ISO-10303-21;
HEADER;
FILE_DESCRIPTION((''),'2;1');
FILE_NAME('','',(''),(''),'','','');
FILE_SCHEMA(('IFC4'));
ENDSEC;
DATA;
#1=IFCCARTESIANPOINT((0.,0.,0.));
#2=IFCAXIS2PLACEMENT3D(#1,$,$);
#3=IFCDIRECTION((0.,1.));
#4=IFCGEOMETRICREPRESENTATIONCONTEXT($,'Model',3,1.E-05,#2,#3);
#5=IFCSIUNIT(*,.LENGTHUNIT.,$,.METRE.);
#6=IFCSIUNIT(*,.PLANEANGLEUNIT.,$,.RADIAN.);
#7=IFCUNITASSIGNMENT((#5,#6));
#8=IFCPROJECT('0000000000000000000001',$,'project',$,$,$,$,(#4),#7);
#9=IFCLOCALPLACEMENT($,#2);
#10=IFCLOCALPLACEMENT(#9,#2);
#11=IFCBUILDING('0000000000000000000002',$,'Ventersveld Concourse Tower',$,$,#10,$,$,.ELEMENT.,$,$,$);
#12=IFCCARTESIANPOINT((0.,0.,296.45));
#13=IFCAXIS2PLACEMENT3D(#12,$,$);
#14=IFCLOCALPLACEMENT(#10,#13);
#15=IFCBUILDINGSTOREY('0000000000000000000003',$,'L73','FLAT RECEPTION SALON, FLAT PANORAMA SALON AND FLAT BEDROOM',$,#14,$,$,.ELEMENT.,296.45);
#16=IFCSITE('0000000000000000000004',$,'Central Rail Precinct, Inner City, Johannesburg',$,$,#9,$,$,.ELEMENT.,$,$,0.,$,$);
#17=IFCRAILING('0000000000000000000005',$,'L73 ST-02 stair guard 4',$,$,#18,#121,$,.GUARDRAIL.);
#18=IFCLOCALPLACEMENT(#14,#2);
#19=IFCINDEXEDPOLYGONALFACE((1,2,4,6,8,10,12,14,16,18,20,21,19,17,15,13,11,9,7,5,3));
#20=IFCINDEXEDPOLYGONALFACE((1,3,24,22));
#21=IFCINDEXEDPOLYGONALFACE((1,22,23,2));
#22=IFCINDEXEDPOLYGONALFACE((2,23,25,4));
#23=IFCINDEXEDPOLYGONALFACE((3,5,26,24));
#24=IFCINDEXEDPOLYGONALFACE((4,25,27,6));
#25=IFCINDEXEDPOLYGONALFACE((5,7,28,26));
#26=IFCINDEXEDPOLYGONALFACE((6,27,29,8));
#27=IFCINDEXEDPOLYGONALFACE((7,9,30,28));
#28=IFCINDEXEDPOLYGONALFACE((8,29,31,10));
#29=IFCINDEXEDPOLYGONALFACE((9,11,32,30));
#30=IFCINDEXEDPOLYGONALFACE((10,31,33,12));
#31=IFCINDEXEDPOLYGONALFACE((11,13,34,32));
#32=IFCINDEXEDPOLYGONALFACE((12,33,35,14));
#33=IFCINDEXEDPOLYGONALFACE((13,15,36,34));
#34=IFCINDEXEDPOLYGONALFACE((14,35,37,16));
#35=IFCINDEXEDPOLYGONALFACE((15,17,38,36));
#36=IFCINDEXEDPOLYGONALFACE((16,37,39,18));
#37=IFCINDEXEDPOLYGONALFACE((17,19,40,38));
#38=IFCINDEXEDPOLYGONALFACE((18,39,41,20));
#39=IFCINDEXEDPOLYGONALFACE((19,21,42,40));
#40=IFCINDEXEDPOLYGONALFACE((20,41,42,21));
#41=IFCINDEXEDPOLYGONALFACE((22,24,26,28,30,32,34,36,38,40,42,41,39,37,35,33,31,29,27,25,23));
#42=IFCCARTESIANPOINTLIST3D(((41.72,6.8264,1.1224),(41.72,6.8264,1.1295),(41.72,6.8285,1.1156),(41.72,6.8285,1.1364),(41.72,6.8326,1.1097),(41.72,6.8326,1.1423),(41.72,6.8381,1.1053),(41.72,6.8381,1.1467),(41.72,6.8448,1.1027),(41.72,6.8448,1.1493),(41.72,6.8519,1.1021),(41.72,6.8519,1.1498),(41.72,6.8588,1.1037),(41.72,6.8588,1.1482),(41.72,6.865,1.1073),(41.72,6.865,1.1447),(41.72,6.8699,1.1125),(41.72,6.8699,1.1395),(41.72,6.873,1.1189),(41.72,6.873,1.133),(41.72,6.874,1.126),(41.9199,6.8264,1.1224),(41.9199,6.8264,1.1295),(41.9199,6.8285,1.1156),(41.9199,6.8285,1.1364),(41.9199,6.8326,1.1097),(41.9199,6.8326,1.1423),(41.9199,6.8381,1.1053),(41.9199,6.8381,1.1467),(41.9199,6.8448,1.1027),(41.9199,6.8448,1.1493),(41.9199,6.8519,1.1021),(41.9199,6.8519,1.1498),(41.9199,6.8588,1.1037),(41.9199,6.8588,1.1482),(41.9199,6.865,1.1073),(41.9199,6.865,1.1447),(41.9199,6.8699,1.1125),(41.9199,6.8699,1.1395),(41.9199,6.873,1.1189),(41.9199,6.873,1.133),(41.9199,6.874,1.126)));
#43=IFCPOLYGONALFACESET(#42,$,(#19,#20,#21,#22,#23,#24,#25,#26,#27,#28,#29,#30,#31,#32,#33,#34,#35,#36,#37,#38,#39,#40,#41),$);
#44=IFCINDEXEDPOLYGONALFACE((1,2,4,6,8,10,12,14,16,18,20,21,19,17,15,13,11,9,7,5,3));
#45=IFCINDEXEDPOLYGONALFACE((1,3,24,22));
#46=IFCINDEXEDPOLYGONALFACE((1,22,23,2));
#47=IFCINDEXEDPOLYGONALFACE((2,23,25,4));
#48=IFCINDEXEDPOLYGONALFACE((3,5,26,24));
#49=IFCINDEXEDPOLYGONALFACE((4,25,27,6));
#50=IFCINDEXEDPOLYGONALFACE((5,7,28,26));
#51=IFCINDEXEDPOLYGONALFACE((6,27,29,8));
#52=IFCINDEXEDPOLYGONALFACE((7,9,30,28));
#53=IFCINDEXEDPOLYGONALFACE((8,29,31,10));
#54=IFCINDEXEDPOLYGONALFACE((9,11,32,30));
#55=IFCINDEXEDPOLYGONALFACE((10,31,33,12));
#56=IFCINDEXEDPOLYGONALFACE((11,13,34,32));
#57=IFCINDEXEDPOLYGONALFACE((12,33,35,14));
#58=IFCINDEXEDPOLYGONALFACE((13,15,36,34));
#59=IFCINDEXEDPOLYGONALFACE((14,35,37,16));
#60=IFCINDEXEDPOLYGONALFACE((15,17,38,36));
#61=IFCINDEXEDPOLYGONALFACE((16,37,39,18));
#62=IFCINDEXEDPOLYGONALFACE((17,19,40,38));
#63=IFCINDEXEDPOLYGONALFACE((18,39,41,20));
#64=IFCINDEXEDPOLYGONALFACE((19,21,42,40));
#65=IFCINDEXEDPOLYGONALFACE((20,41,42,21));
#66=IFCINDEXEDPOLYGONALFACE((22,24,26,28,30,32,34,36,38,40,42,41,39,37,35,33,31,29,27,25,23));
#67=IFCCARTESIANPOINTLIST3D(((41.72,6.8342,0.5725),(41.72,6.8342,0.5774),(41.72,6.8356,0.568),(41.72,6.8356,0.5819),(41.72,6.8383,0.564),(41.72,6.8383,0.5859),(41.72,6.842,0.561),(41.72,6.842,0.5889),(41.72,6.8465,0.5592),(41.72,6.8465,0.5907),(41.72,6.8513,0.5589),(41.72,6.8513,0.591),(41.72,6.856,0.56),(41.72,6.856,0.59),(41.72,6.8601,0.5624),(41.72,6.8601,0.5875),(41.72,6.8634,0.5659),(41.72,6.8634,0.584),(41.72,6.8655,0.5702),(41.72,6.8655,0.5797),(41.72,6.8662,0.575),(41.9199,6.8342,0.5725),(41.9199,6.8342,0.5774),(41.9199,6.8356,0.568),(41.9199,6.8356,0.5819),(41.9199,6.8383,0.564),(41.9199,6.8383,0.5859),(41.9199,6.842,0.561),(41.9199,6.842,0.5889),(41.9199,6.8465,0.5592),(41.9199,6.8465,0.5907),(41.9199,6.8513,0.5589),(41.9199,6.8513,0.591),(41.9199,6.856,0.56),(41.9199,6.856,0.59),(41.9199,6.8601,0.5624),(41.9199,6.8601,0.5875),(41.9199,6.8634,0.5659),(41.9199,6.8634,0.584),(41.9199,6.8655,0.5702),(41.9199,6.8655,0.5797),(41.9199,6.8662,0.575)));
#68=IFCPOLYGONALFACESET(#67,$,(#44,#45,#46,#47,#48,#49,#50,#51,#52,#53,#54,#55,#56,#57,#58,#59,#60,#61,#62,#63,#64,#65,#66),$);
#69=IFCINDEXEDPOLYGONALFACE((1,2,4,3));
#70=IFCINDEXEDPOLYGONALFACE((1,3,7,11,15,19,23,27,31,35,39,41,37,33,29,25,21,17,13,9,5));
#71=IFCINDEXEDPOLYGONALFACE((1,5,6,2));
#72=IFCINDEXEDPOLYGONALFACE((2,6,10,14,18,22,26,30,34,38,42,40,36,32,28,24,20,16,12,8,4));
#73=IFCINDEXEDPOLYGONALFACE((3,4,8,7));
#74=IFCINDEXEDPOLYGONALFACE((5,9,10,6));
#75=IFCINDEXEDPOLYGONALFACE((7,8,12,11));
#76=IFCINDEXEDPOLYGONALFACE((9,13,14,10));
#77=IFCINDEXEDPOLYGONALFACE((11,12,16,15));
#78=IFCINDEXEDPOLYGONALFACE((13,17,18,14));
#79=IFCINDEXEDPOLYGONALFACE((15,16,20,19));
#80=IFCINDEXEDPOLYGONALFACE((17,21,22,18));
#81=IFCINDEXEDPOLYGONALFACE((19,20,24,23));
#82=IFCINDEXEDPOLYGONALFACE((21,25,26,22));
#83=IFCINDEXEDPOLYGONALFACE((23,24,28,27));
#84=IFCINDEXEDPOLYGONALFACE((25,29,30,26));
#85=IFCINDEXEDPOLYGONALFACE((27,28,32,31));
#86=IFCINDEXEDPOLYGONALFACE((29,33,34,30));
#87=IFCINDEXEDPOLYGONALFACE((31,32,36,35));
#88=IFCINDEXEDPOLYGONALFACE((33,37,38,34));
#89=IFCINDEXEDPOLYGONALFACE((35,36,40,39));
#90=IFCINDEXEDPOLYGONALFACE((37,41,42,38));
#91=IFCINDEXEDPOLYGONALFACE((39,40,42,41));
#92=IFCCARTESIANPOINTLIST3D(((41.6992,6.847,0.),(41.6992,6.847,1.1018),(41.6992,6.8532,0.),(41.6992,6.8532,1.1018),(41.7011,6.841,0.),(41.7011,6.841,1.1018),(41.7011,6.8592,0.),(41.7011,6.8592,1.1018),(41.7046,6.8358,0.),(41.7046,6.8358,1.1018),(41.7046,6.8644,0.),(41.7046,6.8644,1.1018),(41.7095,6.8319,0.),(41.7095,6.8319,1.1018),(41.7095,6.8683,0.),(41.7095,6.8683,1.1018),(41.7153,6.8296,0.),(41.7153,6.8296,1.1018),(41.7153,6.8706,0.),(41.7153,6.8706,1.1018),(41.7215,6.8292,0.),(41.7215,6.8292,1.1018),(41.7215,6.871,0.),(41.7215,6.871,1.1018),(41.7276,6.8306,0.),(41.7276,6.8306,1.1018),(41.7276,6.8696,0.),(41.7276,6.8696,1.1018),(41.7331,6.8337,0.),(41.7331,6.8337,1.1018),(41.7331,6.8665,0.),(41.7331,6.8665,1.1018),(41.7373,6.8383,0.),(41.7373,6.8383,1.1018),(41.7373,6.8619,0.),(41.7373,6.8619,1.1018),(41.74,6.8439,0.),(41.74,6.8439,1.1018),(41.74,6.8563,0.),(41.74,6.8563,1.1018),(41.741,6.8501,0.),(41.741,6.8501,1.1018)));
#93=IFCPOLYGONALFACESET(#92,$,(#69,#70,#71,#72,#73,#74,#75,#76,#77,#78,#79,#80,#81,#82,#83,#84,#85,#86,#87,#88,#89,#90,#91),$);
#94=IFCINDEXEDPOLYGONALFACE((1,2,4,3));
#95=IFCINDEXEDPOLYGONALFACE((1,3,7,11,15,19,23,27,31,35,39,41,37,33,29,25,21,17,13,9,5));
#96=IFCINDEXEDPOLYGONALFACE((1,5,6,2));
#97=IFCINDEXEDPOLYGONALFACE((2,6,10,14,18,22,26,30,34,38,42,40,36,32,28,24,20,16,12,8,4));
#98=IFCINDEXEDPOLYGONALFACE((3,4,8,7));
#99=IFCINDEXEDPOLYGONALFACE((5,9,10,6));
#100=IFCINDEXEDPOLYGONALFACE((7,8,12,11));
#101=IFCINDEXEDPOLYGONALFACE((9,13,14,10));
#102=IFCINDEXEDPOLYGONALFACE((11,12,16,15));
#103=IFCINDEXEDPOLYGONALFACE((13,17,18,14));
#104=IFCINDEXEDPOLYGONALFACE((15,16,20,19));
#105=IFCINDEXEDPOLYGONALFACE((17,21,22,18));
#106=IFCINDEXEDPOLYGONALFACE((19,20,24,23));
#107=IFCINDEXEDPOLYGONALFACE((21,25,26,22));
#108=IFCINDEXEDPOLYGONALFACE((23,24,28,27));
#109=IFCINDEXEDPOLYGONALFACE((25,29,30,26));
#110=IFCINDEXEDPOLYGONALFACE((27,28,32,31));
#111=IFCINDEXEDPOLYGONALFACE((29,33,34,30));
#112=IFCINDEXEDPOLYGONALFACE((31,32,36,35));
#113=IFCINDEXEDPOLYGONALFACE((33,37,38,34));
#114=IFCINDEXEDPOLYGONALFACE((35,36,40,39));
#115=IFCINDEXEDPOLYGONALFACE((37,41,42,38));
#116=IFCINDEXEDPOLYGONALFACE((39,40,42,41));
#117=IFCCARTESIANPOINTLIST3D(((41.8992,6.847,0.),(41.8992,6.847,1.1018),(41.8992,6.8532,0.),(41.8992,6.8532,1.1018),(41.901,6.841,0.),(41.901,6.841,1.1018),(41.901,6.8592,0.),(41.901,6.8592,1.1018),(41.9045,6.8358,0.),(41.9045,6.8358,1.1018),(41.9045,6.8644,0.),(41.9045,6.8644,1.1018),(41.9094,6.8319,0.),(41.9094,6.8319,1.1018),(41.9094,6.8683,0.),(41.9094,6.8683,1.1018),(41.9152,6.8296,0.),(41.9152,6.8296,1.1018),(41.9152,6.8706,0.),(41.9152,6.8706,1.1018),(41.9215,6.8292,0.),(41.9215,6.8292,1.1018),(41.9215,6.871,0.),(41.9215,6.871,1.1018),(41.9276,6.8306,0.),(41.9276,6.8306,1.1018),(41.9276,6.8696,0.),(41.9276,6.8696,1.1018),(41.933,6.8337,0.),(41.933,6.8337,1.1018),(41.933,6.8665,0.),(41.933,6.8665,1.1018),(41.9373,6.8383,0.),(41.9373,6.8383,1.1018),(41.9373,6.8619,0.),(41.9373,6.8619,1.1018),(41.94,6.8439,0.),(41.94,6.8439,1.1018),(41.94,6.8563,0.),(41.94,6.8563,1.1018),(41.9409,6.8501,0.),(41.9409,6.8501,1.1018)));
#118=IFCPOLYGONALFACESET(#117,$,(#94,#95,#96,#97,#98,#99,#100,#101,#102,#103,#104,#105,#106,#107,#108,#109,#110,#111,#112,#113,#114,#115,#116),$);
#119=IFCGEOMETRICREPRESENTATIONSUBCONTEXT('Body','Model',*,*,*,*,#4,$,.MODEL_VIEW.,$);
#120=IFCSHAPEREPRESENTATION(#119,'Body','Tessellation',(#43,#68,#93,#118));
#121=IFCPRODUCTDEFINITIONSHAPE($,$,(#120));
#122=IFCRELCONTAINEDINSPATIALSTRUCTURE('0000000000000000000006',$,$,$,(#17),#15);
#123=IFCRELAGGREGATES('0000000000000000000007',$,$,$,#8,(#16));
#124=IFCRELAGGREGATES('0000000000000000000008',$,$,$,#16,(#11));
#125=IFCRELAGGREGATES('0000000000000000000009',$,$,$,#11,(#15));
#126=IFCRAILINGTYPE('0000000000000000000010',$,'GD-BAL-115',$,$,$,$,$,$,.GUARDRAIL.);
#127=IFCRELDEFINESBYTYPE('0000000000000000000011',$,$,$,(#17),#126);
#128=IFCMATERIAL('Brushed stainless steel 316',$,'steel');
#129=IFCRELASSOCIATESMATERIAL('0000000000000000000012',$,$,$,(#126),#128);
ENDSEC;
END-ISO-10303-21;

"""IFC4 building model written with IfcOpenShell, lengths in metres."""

from ifc_helpers import new_model, si_unit, direction, frame, origin, origin_2d, place, context, subcontext, project, spatial, circle, extrude, material, type_object, element, save


model = new_model("IFC4")

# Units and contexts
model_context = context("Model", 3, precision=1e-05, world=origin(), true_north=direction((0.0, 1.0)))
body_context = subcontext(model_context, "Body", "Model", "MODEL_VIEW")
ifc_project = project(units=[si_unit("LENGTHUNIT", "METRE"), si_unit("PLANEANGLEUNIT", "RADIAN")], contexts=[model_context])

# Site, building, storey
site_placement = place(None, origin())
site = spatial("IfcSite", under=ifc_project, at=site_placement, Name="Central Rail Precinct, Inner City, Johannesburg", CompositionType="ELEMENT", RefElevation=0.0)
building_placement = place(site_placement, origin())
building = spatial("IfcBuilding", under=site, at=building_placement, Name="Ventersveld Concourse Tower", CompositionType="ELEMENT")
storey_placement = place(building_placement, frame((0.0, 0.0, 296.45)))
storey = spatial("IfcBuildingStorey", under=building, at=storey_placement, Name="L73", Description="FLAT RECEPTION SALON, FLAT PANORAMA SALON AND FLAT BEDROOM", CompositionType="ELEMENT", Elevation=296.45)

# Shared definitions
ifc_material_1 = material(Name="Brushed stainless steel 316", Category="steel")

# Railing
railing_type_1 = type_object("IfcRailingType", Name="GD-BAL-115", PredefinedType="GUARDRAIL", material=ifc_material_1)
railing_1_placement = place(storey_placement, frame((41.72, 6.8501, 0.0)))
element("IfcRailing", 1, at=railing_1_placement, inside=storey, type_object=railing_type_1, Name="L73 ST-02 stair guard 4", PredefinedType="GUARDRAIL", context=body_context, shape_type="SweptSolid", body=[
    extrude(circle(Radius=0.0239, at=origin_2d()), frame((0.0, 0.0, 1.126), z_axis=(1.0, 0.0, 0.0), x_axis=(0.0, 1.0, 0.0)), (0.0, 0.0, 1.0), 0.2),
    extrude(circle(Radius=0.0161, at=origin_2d()), frame((0.0, 0.0, 0.575), z_axis=(1.0, 0.0, 0.0), x_axis=(0.0, 1.0, 0.0)), (0.0, 0.0, 1.0), 0.2),
    extrude(circle(Radius=0.021, at=origin_2d()), origin(), (0.0, 0.0, 1.0), 1.1018),
    extrude(circle(Radius=0.021, at=origin_2d()), frame((0.2, 0.0, 0.0)), (0.0, 0.0, 1.0), 1.1018),
])

save(model, "model.ifc")
